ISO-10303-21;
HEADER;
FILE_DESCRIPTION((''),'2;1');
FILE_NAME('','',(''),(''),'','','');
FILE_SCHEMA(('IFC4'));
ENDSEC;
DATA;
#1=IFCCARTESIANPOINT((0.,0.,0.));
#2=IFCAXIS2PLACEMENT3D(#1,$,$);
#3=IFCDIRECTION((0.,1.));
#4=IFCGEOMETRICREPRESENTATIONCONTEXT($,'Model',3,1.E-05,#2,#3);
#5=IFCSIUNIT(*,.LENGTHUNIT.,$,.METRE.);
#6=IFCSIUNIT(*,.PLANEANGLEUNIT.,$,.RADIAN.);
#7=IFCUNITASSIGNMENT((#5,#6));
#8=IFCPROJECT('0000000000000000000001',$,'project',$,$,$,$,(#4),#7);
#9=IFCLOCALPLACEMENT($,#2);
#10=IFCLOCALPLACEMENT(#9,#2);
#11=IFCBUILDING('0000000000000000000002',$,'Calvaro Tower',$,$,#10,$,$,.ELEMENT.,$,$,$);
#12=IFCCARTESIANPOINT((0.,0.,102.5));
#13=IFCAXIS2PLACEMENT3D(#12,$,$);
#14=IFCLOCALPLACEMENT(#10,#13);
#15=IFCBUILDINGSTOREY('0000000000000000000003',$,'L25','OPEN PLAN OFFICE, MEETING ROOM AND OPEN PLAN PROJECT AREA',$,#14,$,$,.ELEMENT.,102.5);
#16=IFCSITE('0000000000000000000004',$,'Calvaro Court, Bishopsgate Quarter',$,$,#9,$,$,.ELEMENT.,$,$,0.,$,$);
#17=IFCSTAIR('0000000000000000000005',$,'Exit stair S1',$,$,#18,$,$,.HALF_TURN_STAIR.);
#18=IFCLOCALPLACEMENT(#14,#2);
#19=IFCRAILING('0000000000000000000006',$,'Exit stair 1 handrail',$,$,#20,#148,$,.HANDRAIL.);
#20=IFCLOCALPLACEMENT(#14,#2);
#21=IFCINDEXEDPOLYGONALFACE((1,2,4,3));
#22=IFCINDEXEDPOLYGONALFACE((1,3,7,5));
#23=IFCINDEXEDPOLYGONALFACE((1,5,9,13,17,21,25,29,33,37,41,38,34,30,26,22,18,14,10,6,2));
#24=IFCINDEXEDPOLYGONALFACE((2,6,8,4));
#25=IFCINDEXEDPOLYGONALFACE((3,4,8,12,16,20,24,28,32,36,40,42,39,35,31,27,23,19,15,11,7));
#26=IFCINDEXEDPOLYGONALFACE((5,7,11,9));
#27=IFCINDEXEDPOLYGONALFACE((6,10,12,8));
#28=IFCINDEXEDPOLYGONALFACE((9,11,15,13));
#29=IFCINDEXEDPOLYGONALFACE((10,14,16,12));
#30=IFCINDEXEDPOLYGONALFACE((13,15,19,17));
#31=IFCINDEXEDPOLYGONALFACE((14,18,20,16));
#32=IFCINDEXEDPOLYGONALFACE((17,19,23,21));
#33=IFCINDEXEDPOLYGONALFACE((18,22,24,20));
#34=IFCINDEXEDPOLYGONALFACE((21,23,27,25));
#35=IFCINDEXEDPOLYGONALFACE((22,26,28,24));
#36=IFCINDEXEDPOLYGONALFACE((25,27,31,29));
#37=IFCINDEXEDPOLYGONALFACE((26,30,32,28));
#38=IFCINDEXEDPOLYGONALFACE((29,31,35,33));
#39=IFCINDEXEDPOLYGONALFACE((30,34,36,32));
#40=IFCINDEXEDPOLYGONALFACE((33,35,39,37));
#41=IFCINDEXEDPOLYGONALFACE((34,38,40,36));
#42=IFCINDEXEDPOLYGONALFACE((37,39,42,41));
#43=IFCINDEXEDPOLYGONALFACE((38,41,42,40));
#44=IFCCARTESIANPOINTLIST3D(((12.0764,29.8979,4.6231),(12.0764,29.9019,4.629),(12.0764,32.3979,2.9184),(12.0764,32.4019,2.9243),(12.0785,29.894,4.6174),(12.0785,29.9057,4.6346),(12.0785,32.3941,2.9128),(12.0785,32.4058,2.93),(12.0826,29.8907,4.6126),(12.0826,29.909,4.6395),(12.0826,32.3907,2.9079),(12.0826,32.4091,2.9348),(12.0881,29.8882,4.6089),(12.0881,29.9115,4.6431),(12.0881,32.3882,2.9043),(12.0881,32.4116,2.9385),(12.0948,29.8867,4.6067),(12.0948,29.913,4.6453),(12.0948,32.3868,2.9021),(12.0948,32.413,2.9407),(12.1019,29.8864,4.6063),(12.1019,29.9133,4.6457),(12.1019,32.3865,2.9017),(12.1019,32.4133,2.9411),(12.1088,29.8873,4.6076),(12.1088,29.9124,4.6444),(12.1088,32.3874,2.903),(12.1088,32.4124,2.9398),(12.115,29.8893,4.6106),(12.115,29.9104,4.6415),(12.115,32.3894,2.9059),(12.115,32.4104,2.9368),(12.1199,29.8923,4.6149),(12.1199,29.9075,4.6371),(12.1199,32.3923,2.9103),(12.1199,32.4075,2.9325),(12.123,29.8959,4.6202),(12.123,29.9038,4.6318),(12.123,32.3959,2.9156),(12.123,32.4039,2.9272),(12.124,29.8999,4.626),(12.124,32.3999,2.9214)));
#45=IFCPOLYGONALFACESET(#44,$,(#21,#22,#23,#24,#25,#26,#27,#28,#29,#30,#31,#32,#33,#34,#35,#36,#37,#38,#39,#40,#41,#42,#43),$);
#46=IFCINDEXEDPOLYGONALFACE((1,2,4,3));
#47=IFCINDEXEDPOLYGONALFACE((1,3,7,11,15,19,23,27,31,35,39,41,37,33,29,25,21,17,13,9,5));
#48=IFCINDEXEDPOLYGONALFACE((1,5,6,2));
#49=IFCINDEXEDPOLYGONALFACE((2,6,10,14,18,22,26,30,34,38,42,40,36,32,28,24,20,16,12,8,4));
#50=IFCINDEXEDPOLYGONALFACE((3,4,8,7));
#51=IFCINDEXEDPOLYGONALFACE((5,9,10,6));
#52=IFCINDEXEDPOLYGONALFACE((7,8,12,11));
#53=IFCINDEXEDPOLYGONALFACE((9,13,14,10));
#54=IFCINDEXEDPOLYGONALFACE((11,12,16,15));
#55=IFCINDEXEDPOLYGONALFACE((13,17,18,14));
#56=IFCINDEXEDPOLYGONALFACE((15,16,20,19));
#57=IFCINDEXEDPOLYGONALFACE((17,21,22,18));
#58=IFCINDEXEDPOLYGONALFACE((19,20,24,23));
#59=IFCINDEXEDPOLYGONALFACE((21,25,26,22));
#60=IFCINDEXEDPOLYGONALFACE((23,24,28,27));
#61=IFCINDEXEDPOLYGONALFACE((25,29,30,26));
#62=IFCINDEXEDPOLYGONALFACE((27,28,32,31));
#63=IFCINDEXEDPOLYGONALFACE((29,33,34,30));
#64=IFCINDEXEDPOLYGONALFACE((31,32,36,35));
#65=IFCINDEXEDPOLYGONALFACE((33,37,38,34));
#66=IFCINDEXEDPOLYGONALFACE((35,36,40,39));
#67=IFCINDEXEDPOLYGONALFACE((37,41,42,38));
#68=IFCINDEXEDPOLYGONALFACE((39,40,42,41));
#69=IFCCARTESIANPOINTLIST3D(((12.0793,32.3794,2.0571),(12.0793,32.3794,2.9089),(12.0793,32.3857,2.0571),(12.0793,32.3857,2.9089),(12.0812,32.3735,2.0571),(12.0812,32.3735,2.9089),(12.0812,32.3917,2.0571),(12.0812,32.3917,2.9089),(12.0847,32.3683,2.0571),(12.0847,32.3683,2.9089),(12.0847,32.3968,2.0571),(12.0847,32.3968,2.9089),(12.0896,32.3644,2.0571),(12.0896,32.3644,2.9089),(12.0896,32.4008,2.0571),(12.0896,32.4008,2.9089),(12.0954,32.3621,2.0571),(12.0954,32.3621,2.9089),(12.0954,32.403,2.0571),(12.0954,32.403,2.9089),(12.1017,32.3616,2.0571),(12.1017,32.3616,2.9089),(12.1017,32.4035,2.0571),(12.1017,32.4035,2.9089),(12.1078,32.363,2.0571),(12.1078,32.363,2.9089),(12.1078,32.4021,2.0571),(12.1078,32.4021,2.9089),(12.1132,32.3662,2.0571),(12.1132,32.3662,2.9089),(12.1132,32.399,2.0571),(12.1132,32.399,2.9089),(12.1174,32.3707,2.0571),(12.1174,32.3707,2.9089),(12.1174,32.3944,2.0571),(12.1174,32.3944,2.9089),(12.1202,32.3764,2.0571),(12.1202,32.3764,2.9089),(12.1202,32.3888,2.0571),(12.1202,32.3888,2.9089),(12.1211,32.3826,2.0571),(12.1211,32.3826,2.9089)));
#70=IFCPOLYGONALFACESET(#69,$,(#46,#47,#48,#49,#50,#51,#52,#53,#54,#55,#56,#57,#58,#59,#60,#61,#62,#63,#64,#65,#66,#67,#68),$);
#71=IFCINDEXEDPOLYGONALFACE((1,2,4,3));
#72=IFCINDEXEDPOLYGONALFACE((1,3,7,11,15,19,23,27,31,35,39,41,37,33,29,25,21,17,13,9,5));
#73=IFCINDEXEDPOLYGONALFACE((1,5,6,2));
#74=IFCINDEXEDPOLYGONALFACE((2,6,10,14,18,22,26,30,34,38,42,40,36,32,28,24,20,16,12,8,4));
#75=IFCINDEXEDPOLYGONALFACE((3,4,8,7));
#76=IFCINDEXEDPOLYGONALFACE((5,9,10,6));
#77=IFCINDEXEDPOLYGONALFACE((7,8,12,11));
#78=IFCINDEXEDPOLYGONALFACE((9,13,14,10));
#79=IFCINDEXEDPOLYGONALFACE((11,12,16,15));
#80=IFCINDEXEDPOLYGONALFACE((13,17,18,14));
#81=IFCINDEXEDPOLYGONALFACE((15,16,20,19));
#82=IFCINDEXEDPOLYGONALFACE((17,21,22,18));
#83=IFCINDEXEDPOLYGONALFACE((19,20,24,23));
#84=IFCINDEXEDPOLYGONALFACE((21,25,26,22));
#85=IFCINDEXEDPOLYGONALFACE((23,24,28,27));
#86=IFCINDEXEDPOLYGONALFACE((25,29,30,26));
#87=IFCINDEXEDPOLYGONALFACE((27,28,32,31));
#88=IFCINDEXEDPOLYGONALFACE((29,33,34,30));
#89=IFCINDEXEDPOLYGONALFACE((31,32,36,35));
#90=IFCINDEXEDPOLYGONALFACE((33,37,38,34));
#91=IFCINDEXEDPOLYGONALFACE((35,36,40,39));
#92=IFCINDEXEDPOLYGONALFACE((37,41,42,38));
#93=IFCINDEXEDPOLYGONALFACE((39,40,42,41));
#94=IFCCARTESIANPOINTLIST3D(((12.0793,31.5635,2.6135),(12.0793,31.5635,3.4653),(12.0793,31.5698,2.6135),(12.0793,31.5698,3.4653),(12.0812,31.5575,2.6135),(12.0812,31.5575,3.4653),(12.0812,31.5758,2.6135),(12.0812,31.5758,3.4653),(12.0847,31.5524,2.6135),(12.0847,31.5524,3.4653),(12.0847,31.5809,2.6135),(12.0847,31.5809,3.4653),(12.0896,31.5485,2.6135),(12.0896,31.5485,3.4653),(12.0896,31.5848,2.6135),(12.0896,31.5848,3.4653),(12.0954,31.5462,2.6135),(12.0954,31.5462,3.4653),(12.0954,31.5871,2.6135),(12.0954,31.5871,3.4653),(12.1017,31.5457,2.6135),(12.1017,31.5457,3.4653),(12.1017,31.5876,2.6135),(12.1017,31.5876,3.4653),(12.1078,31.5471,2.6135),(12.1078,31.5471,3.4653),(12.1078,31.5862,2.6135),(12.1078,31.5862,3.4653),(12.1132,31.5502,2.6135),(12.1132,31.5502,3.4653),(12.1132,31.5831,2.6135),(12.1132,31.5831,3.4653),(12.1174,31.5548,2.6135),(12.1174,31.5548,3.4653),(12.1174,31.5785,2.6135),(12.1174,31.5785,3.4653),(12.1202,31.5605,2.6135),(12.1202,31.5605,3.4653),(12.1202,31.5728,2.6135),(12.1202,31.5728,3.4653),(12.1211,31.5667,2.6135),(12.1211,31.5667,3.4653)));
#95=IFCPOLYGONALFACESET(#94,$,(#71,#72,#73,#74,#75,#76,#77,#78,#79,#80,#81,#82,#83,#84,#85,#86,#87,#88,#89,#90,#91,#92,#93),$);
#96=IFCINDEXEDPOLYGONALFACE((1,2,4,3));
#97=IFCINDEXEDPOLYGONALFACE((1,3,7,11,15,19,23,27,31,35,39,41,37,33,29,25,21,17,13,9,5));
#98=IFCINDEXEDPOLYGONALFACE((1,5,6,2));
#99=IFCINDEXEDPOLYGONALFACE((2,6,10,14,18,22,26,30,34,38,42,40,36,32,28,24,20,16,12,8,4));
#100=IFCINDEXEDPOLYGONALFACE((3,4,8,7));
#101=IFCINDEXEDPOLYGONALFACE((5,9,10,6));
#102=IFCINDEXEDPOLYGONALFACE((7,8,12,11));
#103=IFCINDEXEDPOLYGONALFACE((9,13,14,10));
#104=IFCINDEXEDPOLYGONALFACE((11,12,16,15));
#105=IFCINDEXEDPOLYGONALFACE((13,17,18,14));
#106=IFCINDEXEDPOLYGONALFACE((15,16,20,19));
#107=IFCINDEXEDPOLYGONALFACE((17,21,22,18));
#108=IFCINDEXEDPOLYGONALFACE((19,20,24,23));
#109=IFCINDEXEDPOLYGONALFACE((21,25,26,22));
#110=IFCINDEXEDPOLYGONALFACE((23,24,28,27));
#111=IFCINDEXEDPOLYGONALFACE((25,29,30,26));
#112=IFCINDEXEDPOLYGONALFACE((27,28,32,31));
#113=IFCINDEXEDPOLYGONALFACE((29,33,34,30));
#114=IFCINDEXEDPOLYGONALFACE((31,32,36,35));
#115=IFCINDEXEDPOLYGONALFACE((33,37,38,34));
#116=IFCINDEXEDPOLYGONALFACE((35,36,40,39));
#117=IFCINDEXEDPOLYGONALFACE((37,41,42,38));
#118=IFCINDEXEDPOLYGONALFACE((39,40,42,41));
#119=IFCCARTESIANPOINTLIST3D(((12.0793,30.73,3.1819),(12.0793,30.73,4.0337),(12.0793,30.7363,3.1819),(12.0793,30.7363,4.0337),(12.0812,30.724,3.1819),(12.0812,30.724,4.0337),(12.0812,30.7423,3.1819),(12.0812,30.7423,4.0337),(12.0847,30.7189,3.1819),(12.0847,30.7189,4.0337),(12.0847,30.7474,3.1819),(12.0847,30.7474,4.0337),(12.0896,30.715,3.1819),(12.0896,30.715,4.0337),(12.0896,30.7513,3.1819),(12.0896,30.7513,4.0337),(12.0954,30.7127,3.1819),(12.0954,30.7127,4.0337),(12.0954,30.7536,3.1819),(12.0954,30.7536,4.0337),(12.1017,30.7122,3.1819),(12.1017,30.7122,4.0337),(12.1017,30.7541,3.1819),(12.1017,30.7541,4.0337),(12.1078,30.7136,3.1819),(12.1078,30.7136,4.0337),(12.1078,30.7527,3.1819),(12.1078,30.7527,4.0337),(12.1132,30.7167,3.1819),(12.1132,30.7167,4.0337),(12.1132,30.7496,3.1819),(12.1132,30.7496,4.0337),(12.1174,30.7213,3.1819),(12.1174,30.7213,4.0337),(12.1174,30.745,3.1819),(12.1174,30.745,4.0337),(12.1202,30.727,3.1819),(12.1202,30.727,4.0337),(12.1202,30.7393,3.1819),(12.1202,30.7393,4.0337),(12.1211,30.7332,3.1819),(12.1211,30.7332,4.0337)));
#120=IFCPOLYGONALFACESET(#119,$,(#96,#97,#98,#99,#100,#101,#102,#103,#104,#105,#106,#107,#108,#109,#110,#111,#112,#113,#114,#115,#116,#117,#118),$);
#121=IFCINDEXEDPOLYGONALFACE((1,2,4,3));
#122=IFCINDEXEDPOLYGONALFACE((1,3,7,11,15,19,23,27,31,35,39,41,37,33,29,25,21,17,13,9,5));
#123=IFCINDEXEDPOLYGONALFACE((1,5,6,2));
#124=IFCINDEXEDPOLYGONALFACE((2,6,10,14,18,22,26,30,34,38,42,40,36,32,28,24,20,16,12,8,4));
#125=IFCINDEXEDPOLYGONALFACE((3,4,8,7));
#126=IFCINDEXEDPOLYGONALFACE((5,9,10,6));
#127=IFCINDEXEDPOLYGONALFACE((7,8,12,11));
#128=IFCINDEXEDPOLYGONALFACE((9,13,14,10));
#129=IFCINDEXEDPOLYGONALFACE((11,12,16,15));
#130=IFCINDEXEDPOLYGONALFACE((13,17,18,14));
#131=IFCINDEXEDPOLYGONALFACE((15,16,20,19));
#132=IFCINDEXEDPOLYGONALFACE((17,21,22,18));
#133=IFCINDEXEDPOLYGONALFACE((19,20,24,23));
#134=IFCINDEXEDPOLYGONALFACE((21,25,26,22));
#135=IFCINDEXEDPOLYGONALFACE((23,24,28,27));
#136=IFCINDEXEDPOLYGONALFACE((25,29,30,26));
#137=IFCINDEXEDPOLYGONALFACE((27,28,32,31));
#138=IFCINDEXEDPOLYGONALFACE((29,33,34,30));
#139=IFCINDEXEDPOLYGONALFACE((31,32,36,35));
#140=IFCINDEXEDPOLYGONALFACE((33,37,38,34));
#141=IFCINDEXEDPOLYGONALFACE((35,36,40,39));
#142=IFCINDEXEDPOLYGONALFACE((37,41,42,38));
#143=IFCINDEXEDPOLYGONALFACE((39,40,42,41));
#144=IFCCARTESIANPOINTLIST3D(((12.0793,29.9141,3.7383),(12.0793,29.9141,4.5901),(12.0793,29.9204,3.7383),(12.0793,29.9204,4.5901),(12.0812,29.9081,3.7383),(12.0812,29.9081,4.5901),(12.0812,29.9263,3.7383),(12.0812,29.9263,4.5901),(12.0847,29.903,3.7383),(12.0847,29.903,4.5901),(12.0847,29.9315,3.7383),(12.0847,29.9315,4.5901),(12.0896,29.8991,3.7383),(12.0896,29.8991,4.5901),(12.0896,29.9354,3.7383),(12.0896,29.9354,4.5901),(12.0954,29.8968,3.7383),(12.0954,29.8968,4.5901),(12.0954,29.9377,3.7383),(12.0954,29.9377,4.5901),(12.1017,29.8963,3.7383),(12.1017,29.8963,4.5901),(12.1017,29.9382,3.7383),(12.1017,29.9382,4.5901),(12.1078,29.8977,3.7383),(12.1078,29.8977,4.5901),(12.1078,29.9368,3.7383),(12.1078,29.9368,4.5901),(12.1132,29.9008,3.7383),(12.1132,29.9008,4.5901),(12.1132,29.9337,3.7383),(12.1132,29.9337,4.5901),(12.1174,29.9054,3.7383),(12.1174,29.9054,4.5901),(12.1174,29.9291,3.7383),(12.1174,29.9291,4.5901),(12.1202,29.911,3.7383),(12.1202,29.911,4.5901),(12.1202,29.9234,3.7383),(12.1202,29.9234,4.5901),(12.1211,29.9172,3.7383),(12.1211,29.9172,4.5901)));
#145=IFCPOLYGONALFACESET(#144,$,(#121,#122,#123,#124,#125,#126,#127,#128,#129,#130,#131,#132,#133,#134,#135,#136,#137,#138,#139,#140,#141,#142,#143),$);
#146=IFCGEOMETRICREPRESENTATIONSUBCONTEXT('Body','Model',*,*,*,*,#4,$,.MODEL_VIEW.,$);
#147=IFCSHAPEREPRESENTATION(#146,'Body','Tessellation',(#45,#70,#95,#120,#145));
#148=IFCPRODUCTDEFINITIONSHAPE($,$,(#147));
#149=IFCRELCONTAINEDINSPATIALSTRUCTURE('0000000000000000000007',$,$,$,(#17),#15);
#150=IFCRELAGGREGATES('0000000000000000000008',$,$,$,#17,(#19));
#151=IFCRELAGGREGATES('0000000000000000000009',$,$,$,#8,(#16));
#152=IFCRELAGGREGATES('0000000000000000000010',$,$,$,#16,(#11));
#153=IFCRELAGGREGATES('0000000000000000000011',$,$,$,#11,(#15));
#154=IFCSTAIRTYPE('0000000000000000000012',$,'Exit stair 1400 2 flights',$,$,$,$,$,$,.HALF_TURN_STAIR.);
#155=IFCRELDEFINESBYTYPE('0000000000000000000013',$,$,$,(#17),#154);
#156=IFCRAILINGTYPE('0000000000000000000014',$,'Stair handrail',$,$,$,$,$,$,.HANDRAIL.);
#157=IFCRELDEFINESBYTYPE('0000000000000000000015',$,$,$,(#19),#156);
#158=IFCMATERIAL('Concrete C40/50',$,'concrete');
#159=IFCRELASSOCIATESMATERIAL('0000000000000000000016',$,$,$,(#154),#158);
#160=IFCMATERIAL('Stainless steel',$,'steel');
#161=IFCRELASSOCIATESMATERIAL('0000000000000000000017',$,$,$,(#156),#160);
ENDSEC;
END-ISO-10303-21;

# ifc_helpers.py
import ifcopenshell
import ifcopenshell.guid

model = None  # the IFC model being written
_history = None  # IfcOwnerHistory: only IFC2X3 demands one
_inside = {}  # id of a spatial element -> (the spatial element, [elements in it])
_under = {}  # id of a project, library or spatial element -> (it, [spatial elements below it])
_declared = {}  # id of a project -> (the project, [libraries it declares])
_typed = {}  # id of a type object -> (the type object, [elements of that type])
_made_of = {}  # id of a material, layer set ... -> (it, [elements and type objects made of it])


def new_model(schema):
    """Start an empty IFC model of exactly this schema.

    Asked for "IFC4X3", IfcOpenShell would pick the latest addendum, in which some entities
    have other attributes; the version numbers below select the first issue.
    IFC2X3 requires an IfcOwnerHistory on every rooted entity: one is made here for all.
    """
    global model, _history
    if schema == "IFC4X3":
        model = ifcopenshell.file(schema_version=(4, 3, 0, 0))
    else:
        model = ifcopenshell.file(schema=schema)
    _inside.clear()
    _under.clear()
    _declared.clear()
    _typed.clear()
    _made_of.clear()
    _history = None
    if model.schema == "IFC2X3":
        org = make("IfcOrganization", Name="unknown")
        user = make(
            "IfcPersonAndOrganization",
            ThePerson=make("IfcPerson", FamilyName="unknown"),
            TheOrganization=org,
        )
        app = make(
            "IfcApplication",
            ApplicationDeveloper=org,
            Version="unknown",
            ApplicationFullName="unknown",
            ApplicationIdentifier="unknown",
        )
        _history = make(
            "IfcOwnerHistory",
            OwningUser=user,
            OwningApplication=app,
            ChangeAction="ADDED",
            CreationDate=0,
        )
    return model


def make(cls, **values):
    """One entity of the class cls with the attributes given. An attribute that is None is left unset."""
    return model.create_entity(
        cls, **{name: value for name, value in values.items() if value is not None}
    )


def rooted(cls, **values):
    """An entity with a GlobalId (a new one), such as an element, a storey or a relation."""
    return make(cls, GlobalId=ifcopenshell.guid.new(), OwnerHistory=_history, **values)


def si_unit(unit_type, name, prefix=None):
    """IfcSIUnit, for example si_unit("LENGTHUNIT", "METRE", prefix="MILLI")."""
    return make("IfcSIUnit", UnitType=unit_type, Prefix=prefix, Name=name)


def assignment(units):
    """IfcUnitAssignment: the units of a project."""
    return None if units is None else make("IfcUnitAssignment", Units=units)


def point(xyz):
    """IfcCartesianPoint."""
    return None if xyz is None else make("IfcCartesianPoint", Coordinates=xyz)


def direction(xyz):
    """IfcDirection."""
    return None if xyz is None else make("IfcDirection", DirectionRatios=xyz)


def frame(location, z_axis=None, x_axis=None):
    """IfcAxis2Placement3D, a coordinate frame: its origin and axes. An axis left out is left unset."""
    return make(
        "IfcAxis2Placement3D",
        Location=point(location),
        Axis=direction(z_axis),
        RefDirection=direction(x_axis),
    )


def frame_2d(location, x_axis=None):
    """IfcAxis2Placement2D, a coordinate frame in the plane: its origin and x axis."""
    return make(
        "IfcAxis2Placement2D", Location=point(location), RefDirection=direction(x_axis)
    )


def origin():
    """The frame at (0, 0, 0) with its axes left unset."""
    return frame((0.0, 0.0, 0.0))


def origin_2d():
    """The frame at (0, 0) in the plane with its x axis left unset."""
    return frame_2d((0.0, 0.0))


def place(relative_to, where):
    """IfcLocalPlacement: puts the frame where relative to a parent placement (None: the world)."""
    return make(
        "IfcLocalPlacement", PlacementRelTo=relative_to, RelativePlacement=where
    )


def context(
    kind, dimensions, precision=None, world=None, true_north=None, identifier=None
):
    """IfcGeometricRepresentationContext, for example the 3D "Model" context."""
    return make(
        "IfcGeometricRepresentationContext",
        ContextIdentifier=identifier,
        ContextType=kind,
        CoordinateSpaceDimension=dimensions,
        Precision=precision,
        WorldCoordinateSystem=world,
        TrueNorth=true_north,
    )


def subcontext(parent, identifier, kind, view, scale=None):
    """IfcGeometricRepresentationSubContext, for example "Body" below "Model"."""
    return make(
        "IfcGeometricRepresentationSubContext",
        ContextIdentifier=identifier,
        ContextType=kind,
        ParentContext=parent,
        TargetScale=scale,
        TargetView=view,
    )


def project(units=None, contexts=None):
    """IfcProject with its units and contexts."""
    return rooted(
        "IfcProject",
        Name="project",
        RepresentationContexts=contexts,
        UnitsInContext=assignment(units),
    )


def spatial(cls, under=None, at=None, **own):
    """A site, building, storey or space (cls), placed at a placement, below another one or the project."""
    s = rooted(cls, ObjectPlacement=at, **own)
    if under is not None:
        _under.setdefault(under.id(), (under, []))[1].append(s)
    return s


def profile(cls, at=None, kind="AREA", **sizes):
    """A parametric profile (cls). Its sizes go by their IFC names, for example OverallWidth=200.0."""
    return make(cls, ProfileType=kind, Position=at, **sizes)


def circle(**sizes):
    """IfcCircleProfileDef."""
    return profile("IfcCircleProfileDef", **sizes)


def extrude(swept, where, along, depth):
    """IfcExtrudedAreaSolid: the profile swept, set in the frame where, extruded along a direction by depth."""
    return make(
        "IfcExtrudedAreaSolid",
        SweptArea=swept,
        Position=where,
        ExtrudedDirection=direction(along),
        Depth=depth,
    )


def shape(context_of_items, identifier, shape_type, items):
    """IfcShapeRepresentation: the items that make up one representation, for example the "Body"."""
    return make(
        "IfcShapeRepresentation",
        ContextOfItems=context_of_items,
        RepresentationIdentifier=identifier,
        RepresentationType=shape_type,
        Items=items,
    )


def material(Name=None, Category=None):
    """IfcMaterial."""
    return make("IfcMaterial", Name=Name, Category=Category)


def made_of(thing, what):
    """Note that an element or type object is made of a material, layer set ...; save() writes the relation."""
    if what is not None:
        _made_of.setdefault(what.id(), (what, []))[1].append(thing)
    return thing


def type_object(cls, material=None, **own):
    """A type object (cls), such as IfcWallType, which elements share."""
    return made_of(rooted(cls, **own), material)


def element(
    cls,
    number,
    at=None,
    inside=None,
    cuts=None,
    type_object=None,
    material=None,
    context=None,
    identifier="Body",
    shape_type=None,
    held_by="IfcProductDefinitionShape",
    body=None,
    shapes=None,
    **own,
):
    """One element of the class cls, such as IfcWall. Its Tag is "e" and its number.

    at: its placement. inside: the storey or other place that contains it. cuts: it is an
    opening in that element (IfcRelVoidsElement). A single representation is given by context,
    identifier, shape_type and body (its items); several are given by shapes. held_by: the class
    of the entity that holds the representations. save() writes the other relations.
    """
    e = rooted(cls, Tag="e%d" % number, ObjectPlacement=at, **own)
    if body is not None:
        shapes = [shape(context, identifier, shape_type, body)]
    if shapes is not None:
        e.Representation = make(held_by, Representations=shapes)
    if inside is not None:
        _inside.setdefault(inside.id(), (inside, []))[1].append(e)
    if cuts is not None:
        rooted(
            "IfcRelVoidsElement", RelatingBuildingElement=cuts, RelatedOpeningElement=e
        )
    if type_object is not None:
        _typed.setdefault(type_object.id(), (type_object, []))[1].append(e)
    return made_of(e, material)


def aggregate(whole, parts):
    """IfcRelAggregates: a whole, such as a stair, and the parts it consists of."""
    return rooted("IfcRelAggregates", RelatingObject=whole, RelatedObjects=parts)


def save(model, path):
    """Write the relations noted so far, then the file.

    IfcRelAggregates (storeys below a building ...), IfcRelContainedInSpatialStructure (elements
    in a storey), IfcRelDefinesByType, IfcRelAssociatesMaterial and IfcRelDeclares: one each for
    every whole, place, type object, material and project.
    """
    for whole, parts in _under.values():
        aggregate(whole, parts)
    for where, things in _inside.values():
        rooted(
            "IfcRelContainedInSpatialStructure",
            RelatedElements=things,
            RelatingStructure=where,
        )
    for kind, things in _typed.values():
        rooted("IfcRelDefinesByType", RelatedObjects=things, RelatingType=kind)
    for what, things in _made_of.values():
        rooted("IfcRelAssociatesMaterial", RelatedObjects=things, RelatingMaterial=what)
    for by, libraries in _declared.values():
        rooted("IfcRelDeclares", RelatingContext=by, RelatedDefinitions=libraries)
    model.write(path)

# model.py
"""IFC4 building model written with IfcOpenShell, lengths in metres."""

from ifc_helpers import new_model, si_unit, direction, frame, origin, origin_2d, place, context, subcontext, project, spatial, circle, extrude, material, type_object, element, aggregate, save


model = new_model("IFC4")

# Units and contexts
model_context = context("Model", 3, precision=1e-05, world=origin(), true_north=direction((0.0, 1.0)))
body_context = subcontext(model_context, "Body", "Model", "MODEL_VIEW")
ifc_project = project(units=[si_unit("LENGTHUNIT", "METRE"), si_unit("PLANEANGLEUNIT", "RADIAN")], contexts=[model_context])

# Site, building, storey
site_placement = place(None, origin())
site = spatial("IfcSite", under=ifc_project, at=site_placement, Name="Calvaro Court, Bishopsgate Quarter", CompositionType="ELEMENT", RefElevation=0.0)
building_placement = place(site_placement, origin())
building = spatial("IfcBuilding", under=site, at=building_placement, Name="Calvaro Tower", CompositionType="ELEMENT")
storey_placement = place(building_placement, frame((0.0, 0.0, 102.5)))
storey = spatial("IfcBuildingStorey", under=building, at=storey_placement, Name="L25", Description="OPEN PLAN OFFICE, MEETING ROOM AND OPEN PLAN PROJECT AREA", CompositionType="ELEMENT", Elevation=102.5)

# Stair, railing
ifc_material_1 = material(Name="Concrete C40/50", Category="concrete")
stair_type = type_object("IfcStairType", Name="Exit stair 1400 2 flights", PredefinedType="HALF_TURN_STAIR", material=ifc_material_1)
stair_placement = place(storey_placement, origin())
stair = element("IfcStair", 1, at=stair_placement, inside=storey, type_object=stair_type, Name="Exit stair S1", PredefinedType="HALF_TURN_STAIR")
ifc_material_2 = material(Name="Stainless steel", Category="steel")
railing_type = type_object("IfcRailingType", Name="Stair handrail", PredefinedType="HANDRAIL", material=ifc_material_2)
railing_1_placement = place(storey_placement, frame((12.1001, 32.3999, 2.0454)))
railing_1 = element("IfcRailing", 2, at=railing_1_placement, type_object=railing_type, Name="Exit stair 1 handrail", PredefinedType="HANDRAIL", context=body_context, shape_type="SweptSolid", body=[
    extrude(circle(Radius=0.0239, at=origin_2d()), frame((0.0, 0.0, 0.876), z_axis=(0.0, -0.826221, 0.563347), x_axis=(1.0, 0.0, 0.0)), (0.0, 0.0, 1.0), 3.0259),
    extrude(circle(Radius=0.021, at=origin_2d()), frame((0.0, -0.0173, 0.0117)), (0.0, 0.0, 1.0), 0.8518),
    extrude(circle(Radius=0.021, at=origin_2d()), frame((0.0, -0.8333, 0.5681)), (0.0, 0.0, 1.0), 0.8518),
    extrude(circle(Radius=0.021, at=origin_2d()), frame((0.0, -1.6667, 1.1365)), (0.0, 0.0, 1.0), 0.8518),
    extrude(circle(Radius=0.021, at=origin_2d()), frame((0.0, -2.4827, 1.6929)), (0.0, 0.0, 1.0), 0.8518),
])
aggregate(stair, [railing_1])

save(model, "model.ifc")
